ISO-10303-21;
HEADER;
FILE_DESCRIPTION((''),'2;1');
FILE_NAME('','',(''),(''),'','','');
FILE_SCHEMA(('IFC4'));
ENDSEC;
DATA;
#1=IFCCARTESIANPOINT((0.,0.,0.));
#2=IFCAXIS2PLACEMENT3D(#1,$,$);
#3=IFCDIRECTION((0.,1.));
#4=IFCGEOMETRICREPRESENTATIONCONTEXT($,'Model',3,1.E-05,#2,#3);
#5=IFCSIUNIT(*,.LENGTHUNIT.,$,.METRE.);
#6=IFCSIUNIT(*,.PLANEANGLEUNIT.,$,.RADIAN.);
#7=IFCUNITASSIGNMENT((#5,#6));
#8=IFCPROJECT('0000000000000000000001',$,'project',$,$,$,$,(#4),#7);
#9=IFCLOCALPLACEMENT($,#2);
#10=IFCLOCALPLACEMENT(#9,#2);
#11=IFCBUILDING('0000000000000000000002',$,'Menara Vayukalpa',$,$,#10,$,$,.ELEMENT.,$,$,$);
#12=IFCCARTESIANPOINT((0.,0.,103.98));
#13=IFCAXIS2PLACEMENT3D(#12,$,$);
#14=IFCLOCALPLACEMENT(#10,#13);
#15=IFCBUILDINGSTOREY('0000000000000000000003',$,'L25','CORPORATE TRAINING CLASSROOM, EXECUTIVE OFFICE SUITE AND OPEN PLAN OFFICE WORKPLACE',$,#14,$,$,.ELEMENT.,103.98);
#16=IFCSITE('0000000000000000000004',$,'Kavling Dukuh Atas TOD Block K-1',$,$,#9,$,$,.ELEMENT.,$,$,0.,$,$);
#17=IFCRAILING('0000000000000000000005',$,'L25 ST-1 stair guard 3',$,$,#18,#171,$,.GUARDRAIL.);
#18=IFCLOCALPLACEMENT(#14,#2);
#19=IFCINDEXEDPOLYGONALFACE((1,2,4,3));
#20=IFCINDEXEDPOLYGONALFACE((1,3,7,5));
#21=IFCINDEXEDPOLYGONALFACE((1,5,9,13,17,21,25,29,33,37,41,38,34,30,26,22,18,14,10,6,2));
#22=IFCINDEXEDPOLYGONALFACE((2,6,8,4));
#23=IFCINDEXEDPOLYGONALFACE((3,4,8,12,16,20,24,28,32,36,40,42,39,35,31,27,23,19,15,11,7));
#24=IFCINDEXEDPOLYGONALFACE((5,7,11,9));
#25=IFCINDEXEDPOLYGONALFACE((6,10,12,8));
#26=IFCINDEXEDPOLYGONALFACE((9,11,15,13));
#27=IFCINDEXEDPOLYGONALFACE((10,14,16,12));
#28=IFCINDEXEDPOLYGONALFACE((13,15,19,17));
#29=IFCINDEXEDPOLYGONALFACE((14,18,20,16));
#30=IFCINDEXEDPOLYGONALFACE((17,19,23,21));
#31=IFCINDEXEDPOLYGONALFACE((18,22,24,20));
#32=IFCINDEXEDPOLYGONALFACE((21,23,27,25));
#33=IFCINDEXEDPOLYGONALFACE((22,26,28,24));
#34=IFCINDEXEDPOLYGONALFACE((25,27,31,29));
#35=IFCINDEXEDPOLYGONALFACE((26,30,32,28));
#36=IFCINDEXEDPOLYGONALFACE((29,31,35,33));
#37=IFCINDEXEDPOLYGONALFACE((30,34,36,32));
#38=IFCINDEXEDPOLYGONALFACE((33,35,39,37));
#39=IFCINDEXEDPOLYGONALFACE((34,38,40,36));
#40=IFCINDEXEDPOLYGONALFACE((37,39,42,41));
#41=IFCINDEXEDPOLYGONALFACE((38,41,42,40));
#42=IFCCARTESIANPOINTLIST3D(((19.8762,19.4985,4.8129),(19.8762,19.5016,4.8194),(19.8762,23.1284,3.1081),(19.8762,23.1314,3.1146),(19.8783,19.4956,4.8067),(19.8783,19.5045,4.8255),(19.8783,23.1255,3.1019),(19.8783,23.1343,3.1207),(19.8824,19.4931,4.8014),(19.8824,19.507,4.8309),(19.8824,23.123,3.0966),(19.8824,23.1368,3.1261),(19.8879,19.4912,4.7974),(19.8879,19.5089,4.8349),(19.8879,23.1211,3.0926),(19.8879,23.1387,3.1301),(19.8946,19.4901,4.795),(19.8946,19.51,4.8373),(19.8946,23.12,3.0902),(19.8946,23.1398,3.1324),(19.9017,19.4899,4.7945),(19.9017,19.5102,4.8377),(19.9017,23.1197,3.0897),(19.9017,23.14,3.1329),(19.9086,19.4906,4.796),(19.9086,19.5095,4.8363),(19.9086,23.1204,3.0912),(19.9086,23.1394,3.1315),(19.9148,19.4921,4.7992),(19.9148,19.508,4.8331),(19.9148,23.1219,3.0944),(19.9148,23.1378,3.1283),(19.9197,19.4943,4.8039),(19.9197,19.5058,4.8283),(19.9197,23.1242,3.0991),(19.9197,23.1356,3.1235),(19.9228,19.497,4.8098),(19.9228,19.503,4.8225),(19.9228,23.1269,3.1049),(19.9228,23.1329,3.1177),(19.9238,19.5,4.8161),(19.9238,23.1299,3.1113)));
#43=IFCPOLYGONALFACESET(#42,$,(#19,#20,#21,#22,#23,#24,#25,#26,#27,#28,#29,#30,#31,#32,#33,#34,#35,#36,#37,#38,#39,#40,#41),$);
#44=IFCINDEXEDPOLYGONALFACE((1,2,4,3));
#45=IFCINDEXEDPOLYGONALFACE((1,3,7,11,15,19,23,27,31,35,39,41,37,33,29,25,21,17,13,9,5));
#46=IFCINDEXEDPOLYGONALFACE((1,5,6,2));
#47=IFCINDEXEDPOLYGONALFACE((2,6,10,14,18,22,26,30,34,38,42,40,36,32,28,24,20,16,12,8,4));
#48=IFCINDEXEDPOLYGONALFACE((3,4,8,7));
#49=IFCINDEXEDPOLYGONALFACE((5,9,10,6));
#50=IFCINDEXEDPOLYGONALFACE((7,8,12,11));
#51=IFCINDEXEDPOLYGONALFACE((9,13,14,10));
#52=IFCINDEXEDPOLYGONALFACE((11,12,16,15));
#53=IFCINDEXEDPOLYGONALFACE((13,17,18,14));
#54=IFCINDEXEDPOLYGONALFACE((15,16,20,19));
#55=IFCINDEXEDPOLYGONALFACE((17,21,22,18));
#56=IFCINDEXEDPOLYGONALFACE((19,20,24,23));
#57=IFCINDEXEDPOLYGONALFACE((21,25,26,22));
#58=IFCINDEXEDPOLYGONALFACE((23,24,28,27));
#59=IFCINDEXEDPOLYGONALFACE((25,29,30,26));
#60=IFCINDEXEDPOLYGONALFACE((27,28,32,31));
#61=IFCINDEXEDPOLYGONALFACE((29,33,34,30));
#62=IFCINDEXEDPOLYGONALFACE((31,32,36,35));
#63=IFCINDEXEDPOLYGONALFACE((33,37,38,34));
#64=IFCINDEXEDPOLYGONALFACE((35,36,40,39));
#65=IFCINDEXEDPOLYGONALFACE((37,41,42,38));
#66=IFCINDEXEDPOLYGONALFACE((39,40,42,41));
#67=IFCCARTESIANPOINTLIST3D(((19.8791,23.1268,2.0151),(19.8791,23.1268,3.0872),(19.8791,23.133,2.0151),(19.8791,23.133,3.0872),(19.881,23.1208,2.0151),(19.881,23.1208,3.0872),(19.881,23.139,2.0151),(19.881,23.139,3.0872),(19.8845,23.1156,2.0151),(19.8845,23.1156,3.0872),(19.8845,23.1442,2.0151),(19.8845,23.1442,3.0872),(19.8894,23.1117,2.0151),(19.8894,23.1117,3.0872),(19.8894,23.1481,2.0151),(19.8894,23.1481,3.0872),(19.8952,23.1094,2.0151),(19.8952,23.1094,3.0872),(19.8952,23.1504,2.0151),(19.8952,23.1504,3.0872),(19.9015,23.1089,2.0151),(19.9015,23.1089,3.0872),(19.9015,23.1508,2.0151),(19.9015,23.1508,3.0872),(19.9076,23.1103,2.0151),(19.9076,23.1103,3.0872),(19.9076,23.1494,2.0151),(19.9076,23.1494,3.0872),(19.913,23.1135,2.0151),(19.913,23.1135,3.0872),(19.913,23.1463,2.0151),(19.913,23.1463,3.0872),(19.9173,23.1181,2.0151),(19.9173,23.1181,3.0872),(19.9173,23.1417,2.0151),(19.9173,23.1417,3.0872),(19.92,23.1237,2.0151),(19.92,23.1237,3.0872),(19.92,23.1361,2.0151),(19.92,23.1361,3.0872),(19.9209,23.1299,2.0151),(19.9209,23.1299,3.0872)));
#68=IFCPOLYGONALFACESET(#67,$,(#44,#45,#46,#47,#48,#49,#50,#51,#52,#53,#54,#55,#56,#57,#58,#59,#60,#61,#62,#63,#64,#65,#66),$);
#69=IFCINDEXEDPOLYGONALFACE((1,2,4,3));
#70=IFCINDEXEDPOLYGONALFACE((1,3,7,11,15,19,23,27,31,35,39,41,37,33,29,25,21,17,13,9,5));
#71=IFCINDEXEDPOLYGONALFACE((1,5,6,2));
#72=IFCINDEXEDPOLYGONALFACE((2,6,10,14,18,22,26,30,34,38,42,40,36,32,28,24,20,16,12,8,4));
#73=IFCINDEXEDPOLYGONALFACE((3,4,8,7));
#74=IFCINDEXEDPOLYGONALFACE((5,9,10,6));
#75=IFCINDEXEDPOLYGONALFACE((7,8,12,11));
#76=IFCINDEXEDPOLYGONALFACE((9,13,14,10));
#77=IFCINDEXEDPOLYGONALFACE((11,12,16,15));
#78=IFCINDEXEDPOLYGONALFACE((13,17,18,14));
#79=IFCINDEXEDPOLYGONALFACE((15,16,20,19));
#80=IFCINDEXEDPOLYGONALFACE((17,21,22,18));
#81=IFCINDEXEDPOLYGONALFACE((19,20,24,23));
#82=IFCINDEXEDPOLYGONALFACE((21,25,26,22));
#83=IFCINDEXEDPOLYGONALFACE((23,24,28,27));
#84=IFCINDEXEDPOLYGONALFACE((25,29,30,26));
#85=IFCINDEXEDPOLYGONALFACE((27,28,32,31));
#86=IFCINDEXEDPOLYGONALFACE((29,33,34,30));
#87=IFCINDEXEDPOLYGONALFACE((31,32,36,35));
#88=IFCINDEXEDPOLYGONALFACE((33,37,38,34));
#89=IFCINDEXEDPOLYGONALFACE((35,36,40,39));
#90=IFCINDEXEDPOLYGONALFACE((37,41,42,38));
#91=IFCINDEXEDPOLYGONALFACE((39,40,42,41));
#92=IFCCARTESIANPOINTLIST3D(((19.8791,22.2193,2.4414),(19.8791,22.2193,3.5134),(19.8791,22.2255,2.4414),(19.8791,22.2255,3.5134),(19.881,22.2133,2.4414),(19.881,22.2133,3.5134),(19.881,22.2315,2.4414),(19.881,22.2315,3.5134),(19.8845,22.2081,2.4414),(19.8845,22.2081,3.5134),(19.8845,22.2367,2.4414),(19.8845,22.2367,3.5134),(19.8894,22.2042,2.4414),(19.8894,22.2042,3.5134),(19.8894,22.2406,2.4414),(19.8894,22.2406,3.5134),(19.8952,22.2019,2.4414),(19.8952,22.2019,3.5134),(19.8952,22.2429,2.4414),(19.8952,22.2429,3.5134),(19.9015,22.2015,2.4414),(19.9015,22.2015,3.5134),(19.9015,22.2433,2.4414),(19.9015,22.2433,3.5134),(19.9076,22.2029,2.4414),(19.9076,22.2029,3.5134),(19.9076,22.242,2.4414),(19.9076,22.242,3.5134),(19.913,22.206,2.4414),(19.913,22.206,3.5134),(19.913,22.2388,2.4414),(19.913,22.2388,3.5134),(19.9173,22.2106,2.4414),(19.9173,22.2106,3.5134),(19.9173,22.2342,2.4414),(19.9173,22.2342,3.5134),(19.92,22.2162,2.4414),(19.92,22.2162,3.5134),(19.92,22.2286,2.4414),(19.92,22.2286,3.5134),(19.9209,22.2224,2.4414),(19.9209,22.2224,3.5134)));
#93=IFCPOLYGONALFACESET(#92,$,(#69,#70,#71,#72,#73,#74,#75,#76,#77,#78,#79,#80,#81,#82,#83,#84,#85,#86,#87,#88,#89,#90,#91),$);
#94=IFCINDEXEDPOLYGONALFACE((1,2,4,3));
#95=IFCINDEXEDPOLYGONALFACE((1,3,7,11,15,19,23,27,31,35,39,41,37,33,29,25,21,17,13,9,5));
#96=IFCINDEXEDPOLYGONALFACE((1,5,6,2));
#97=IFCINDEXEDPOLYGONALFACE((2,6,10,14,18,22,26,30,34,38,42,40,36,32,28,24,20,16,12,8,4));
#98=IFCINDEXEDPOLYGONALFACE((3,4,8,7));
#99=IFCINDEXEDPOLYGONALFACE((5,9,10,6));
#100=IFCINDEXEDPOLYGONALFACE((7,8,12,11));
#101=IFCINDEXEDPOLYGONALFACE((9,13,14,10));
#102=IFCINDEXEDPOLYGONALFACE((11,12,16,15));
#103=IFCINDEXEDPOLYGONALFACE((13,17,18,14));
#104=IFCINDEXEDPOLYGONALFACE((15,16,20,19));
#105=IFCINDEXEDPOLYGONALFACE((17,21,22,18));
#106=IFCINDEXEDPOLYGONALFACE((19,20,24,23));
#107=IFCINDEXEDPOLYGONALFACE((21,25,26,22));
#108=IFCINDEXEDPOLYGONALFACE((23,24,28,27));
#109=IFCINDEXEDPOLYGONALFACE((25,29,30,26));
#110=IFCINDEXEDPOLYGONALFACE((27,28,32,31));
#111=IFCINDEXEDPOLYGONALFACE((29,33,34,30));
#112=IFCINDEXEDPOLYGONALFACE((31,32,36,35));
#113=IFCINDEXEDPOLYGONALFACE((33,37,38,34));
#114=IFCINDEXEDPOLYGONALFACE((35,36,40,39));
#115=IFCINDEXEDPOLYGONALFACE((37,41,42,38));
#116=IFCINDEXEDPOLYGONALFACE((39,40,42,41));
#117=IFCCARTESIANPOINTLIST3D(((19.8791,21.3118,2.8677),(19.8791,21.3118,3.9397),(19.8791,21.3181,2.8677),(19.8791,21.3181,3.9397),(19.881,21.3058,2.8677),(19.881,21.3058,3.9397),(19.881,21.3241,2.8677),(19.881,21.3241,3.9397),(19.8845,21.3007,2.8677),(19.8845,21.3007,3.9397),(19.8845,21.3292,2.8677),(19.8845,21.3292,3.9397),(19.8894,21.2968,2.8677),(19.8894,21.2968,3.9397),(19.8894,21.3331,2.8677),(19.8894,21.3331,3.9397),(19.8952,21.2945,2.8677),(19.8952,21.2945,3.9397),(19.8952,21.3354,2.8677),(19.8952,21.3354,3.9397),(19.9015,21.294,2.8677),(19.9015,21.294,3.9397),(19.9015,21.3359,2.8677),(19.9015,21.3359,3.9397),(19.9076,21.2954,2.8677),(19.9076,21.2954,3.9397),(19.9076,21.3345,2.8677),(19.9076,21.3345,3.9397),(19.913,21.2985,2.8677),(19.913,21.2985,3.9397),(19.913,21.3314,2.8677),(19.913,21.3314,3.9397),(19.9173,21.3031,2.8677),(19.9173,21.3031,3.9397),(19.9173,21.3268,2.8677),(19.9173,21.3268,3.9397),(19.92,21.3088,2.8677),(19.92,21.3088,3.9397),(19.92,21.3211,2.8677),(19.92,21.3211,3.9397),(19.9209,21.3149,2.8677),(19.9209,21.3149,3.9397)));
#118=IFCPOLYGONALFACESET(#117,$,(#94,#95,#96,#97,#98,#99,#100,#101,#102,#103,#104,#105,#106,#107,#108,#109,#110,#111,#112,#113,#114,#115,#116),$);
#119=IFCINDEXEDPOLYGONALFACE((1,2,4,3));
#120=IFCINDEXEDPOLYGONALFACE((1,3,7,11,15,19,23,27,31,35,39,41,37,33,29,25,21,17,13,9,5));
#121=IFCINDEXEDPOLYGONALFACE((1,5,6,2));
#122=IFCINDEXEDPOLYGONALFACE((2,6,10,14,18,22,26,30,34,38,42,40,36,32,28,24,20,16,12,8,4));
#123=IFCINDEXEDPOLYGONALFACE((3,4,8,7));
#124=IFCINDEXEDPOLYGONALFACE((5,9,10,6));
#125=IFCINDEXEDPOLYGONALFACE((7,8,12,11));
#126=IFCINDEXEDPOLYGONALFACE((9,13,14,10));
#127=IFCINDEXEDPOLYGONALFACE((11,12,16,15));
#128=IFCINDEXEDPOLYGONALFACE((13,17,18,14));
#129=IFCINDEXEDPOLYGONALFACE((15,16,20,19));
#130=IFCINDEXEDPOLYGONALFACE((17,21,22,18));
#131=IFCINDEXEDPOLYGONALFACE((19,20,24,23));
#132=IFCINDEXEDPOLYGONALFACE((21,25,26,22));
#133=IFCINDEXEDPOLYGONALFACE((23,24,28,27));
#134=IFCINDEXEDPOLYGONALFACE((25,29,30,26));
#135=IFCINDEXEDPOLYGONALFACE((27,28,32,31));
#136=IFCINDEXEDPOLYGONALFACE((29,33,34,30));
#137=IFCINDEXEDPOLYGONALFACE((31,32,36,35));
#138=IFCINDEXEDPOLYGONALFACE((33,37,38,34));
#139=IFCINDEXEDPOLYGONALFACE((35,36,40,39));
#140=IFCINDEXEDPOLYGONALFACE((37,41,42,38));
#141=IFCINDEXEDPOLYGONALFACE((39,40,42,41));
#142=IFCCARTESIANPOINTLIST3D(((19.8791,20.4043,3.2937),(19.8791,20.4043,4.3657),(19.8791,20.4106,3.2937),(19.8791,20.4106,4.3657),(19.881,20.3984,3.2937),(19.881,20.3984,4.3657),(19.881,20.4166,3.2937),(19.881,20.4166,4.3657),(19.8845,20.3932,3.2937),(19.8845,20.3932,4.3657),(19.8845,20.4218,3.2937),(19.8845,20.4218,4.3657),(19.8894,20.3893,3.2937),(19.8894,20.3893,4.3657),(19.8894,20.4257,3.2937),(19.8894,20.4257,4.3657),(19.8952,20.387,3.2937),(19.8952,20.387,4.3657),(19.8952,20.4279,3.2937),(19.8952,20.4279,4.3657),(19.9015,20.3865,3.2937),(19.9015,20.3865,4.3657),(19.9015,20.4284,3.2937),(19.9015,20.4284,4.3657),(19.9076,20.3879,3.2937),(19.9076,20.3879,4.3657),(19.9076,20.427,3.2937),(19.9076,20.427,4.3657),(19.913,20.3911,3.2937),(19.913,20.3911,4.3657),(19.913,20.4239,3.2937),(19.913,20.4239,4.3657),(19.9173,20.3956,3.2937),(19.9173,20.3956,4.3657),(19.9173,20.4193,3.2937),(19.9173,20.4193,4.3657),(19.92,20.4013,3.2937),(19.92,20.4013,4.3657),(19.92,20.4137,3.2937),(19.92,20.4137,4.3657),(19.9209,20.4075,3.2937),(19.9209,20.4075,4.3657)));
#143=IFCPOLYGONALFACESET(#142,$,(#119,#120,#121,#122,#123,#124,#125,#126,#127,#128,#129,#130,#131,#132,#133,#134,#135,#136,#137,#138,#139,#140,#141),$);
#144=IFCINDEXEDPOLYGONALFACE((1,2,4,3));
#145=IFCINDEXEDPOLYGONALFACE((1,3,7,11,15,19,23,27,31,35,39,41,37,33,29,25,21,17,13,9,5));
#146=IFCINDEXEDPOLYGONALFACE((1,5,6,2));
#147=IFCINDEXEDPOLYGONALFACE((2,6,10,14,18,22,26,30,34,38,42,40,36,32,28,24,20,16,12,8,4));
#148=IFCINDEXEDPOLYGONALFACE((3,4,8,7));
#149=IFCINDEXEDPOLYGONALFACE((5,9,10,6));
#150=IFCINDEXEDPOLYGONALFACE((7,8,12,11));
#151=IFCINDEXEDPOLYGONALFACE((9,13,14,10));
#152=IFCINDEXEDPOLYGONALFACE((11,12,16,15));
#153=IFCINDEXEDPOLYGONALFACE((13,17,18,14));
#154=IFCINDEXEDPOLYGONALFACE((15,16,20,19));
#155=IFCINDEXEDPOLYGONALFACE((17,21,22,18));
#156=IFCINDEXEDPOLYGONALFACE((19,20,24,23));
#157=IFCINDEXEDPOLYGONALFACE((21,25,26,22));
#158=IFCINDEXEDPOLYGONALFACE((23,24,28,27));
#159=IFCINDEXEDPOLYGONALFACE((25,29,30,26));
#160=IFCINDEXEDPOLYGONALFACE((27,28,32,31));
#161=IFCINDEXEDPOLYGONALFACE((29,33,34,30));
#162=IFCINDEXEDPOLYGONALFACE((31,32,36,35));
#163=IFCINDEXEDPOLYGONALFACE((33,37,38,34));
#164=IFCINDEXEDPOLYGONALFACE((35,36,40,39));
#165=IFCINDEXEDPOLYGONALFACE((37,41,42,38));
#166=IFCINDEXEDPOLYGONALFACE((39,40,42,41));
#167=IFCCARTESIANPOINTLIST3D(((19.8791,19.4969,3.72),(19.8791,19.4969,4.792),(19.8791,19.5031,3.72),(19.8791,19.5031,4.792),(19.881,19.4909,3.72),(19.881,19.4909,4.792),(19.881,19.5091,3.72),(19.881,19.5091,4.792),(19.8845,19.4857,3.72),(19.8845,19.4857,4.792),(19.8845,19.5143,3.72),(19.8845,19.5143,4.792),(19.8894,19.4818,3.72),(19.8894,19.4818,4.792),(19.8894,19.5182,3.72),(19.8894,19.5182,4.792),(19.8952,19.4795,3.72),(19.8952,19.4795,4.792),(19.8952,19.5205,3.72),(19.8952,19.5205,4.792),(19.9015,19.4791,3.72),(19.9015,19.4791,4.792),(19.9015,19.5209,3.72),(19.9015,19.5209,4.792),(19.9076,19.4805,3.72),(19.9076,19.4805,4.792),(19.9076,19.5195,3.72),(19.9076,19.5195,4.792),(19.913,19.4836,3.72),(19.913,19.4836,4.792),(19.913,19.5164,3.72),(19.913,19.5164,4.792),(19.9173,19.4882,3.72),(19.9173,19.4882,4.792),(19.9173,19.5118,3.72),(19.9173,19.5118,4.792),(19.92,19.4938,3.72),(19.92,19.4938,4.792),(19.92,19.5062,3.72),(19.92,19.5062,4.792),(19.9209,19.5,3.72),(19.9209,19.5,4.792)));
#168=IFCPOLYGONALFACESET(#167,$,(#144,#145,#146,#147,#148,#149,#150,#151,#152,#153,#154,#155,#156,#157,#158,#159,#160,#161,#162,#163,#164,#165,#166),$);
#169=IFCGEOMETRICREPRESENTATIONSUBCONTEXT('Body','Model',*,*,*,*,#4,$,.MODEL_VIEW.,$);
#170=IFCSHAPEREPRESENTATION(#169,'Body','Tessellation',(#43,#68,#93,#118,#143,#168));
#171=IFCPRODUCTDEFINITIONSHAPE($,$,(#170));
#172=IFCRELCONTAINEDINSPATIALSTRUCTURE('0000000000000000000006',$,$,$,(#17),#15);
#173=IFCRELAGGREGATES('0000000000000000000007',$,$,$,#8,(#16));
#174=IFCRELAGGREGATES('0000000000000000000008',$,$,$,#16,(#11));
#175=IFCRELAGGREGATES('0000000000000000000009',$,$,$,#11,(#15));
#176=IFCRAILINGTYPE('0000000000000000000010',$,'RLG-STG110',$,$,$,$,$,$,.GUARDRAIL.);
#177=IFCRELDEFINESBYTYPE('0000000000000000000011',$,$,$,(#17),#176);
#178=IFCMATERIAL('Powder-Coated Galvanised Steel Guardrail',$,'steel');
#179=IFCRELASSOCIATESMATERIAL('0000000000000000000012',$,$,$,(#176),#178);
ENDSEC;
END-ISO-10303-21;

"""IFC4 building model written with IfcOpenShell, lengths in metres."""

from ifc_helpers import new_model, si_unit, direction, frame, origin, origin_2d, place, context, subcontext, project, spatial, circle, extrude, material, type_object, element, save


model = new_model("IFC4")

# Units and contexts
model_context = context("Model", 3, precision=1e-05, world=origin(), true_north=direction((0.0, 1.0)))
body_context = subcontext(model_context, "Body", "Model", "MODEL_VIEW")
ifc_project = project(units=[si_unit("LENGTHUNIT", "METRE"), si_unit("PLANEANGLEUNIT", "RADIAN")], contexts=[model_context])

# Site, building, storey
site_placement = place(None, origin())
site = spatial("IfcSite", under=ifc_project, at=site_placement, Name="Kavling Dukuh Atas TOD Block K-1", CompositionType="ELEMENT", RefElevation=0.0)
building_placement = place(site_placement, origin())
building = spatial("IfcBuilding", under=site, at=building_placement, Name="Menara Vayukalpa", CompositionType="ELEMENT")
storey_placement = place(building_placement, frame((0.0, 0.0, 103.98)))
storey = spatial("IfcBuildingStorey", under=building, at=storey_placement, Name="L25", Description="CORPORATE TRAINING CLASSROOM, EXECUTIVE OFFICE SUITE AND OPEN PLAN OFFICE WORKPLACE", CompositionType="ELEMENT", Elevation=103.98)

# Railing
ifc_material_1 = material(Name="Powder-Coated Galvanised Steel Guardrail", Category="steel")
railing_type_1 = type_object("IfcRailingType", Name="RLG-STG110", PredefinedType="GUARDRAIL", material=ifc_material_1)
railing_1_placement = place(storey_placement, frame((19.8999, 23.1299, 2.0151)))
element("IfcRailing", 1, at=railing_1_placement, inside=storey, type_object=railing_type_1, Name="L25 ST-1 stair guard 3", PredefinedType="GUARDRAIL", context=body_context, shape_type="SweptSolid", body=[
    extrude(circle(Radius=0.0239, at=origin_2d()), frame((0.0, 0.0, 1.0962), z_axis=(0.0, -0.90514, 0.425114), x_axis=(1.0, 0.0, 0.0)), (0.0, 0.0, 1.0), 4.0103),
    extrude(circle(Radius=0.021, at=origin_2d()), origin(), (0.0, 0.0, 1.0), 1.072),
    extrude(circle(Radius=0.021, at=origin_2d()), frame((0.0, -0.9075, 0.4263)), (0.0, 0.0, 1.0), 1.072),
    extrude(circle(Radius=0.021, at=origin_2d()), frame((0.0, -1.8149, 0.8525)), (0.0, 0.0, 1.0), 1.072),
    extrude(circle(Radius=0.021, at=origin_2d()), frame((0.0, -2.7224, 1.2786)), (0.0, 0.0, 1.0), 1.072),
    extrude(circle(Radius=0.021, at=origin_2d()), frame((0.0, -3.6299, 1.7048)), (0.0, 0.0, 1.0), 1.072),
])

save(model, "model.ifc")
